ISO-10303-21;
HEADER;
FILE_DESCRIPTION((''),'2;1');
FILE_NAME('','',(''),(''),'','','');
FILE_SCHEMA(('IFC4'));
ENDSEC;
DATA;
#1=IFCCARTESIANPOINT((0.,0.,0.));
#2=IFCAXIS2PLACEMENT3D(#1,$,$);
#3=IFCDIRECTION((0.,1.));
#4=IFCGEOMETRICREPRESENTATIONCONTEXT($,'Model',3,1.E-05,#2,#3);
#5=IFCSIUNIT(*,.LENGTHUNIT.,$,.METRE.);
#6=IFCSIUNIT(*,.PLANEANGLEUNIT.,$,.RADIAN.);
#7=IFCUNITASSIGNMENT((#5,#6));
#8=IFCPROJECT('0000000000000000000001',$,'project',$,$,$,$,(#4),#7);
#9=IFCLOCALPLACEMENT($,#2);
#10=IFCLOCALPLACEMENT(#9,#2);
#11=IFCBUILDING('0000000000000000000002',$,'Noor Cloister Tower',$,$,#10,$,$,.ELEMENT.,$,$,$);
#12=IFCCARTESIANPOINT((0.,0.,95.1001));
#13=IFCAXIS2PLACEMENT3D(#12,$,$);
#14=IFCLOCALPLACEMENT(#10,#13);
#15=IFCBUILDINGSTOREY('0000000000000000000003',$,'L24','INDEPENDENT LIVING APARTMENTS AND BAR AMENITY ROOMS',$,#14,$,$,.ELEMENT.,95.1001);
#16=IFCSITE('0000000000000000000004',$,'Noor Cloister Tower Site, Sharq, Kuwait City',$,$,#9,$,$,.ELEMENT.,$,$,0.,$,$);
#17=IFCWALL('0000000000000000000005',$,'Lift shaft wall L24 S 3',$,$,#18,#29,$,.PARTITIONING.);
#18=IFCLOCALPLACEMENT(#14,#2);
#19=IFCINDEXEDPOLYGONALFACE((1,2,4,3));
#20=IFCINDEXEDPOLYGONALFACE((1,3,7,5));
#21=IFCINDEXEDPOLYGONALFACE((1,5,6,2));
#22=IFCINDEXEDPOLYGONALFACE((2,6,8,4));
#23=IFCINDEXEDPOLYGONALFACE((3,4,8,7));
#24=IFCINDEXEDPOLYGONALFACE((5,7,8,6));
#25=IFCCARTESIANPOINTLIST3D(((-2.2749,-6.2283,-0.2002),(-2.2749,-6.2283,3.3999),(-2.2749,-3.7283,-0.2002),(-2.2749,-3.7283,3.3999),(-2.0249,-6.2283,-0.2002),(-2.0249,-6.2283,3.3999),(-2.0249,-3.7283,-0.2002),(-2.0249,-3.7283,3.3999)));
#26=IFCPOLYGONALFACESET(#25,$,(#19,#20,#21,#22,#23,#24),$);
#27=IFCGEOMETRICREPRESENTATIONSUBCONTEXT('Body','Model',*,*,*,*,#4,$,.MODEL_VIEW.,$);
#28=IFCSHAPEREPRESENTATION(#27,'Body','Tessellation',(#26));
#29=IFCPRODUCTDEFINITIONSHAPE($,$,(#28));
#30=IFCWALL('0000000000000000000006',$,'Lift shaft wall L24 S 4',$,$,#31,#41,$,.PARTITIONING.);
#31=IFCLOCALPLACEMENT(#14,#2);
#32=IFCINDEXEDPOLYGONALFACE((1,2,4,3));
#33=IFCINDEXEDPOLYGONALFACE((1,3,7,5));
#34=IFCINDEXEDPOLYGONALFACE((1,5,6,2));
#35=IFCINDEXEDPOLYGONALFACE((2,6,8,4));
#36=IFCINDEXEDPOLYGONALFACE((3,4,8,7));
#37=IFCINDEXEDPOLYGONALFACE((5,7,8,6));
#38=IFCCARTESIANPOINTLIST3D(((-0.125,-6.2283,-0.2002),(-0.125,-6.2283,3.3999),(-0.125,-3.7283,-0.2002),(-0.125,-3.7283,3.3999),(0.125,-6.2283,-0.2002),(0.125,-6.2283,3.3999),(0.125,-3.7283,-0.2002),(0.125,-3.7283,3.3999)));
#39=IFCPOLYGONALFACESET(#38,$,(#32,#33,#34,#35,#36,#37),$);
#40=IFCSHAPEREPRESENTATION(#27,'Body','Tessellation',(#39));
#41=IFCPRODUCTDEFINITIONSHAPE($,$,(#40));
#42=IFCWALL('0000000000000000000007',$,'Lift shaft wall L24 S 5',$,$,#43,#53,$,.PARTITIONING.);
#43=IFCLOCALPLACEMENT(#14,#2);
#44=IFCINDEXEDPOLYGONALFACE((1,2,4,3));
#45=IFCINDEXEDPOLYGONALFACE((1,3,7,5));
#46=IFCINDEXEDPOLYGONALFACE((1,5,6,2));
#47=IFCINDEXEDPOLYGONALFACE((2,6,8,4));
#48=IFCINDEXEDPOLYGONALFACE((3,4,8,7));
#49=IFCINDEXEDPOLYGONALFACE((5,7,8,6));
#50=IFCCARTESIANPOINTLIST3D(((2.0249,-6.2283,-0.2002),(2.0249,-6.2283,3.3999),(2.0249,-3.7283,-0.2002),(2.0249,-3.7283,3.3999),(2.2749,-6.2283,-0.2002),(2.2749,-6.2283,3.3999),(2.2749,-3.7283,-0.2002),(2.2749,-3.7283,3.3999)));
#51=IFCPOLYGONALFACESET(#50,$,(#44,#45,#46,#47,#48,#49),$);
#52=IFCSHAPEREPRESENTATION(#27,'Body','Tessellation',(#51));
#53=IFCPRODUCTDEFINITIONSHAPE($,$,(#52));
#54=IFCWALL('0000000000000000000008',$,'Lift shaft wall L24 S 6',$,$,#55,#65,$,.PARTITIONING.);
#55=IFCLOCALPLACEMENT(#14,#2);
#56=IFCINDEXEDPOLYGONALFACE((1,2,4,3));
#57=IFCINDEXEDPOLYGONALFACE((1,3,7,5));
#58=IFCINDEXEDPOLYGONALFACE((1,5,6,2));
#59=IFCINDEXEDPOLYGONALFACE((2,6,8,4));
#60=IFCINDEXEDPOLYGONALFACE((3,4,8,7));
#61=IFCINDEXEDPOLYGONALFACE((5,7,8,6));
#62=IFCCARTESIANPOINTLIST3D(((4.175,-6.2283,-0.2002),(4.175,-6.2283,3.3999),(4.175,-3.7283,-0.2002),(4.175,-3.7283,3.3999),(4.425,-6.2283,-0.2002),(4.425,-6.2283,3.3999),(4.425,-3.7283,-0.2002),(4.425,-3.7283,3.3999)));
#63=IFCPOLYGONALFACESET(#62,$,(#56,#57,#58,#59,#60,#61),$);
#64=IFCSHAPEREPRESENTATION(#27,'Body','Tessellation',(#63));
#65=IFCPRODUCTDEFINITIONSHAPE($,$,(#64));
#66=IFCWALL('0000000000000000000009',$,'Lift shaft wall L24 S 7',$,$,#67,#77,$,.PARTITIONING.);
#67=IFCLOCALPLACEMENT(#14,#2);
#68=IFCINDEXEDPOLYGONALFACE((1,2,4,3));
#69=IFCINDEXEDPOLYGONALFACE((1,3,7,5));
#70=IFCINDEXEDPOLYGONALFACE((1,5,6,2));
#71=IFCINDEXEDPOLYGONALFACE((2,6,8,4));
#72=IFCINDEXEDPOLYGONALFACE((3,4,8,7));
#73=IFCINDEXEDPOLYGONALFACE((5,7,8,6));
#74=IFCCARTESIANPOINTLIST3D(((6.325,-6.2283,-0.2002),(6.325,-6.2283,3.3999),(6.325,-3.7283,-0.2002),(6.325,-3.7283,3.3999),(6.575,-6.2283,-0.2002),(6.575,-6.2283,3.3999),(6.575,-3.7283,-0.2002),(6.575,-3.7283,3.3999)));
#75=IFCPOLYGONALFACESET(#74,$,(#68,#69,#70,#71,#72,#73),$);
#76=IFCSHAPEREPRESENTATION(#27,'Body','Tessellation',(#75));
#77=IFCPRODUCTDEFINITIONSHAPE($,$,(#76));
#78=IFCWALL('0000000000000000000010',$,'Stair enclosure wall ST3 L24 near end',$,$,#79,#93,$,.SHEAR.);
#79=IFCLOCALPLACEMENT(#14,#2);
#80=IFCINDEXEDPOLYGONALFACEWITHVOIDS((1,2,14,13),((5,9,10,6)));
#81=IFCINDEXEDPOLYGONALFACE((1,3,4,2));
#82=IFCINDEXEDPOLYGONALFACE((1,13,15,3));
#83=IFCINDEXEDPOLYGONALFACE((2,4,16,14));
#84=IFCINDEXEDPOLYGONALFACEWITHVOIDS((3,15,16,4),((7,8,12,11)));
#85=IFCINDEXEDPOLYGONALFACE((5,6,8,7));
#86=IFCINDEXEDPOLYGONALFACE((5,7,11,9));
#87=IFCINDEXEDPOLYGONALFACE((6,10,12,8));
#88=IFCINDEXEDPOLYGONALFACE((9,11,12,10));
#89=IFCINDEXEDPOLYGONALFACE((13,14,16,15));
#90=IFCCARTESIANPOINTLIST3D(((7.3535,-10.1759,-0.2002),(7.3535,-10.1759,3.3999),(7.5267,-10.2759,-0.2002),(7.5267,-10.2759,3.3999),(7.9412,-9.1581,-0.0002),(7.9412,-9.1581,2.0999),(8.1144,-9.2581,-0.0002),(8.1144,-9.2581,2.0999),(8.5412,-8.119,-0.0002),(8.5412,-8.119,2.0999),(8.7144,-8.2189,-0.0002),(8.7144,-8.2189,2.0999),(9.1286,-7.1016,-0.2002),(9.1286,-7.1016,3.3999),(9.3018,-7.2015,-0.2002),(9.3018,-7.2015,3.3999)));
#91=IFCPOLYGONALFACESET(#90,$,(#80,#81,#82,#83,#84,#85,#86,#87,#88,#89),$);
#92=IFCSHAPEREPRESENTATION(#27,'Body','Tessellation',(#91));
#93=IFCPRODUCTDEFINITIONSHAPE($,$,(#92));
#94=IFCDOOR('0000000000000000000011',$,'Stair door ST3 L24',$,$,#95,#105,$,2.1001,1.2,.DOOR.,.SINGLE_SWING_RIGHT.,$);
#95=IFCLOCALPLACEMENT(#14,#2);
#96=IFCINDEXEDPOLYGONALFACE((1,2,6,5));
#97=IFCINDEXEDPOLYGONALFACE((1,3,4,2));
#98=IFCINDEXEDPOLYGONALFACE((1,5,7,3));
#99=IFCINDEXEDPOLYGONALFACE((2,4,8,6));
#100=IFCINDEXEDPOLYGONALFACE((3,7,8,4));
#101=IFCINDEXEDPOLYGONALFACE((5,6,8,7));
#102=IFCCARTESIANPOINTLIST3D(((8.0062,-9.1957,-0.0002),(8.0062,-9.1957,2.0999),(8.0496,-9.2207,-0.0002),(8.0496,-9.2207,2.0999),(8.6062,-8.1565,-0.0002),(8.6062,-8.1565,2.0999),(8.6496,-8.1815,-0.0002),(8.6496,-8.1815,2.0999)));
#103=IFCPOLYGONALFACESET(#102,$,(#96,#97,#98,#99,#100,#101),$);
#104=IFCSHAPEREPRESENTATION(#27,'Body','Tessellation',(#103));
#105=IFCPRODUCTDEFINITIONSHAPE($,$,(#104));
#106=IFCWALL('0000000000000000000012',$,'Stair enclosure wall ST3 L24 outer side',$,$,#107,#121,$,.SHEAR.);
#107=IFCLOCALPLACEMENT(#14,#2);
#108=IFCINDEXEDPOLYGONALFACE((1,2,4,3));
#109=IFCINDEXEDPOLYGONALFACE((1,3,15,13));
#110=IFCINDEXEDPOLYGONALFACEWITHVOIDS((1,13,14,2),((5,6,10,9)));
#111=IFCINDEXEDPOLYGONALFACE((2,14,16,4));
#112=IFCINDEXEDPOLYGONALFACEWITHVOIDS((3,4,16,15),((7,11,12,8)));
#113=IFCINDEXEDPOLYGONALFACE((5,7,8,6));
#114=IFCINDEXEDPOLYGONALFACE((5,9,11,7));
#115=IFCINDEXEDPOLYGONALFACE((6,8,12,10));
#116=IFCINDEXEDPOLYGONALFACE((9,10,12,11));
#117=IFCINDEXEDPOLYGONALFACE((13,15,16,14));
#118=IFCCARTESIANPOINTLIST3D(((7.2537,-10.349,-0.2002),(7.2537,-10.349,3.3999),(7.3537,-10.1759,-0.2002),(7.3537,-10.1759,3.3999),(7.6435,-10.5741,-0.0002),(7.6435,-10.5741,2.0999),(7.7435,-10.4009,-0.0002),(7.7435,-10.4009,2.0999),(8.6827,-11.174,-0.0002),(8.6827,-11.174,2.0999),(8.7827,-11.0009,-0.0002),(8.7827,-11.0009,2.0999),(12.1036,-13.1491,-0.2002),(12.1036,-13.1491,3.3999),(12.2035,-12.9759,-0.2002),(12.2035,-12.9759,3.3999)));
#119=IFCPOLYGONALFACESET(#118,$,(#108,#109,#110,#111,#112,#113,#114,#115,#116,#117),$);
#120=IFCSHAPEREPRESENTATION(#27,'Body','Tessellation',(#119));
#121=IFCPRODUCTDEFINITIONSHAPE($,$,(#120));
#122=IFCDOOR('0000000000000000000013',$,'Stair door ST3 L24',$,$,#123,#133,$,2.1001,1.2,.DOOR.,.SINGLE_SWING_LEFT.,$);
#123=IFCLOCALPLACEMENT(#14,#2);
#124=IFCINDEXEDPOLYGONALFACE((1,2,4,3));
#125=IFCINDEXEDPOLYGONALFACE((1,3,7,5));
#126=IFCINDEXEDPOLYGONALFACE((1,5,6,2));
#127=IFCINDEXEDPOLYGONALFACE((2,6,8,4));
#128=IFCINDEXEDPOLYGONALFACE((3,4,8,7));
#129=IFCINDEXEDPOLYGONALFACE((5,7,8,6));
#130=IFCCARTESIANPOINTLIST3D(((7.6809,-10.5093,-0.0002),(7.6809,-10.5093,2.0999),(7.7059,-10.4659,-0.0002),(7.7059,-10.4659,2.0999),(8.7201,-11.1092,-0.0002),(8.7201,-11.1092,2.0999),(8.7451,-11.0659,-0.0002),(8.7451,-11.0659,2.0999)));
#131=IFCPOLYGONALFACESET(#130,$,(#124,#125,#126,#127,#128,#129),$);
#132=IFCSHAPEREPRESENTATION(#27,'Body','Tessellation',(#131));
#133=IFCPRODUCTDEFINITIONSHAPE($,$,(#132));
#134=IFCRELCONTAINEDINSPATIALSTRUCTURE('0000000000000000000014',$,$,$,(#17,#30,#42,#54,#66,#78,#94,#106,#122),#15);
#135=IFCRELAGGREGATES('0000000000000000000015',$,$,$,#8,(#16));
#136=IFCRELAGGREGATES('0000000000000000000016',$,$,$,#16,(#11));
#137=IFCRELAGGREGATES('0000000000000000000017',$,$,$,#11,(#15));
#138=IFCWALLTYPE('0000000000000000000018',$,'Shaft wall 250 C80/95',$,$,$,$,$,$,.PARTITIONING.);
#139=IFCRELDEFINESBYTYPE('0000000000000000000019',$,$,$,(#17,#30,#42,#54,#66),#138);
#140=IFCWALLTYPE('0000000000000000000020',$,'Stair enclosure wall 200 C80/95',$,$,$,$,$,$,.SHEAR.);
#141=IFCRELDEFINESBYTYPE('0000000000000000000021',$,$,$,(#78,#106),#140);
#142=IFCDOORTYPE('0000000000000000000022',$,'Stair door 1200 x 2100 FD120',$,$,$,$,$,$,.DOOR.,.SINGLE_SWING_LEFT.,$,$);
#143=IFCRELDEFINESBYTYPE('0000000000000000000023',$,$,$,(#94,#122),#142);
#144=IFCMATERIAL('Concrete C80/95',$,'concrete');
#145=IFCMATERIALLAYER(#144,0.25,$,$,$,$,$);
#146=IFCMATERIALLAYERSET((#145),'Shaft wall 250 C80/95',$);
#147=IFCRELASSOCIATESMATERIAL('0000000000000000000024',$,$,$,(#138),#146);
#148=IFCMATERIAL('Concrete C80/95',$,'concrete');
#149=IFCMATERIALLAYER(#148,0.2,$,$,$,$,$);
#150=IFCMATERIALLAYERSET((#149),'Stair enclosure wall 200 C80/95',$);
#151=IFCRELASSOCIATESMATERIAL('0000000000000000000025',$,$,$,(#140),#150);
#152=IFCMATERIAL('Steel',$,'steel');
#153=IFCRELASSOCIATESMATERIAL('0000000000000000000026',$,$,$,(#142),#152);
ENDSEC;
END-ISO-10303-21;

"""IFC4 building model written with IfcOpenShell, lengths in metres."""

from ifc_helpers import new_model, si_unit, direction, frame, frame_2d, origin, place, context, subcontext, project, spatial, rectangle, extrude, material, layer, layer_set, type_object, element, fill, save


model = new_model("IFC4")

# Units and contexts
model_context = context("Model", 3, precision=1e-05, world=origin(), true_north=direction((0.0, 1.0)))
body_context = subcontext(model_context, "Body", "Model", "MODEL_VIEW")
ifc_project = project(units=[si_unit("LENGTHUNIT", "METRE"), si_unit("PLANEANGLEUNIT", "RADIAN")], contexts=[model_context])

# Site, building, storey
site_placement = place(None, origin())
site = spatial("IfcSite", under=ifc_project, at=site_placement, Name="Noor Cloister Tower Site, Sharq, Kuwait City", CompositionType="ELEMENT", RefElevation=0.0)
building_placement = place(site_placement, origin())
building = spatial("IfcBuilding", under=site, at=building_placement, Name="Noor Cloister Tower", CompositionType="ELEMENT")
storey_placement = place(building_placement, frame((0.0, 0.0, 95.1001)))
storey = spatial("IfcBuildingStorey", under=building, at=storey_placement, Name="L24", Description="INDEPENDENT LIVING APARTMENTS AND BAR AMENITY ROOMS", CompositionType="ELEMENT", Elevation=95.1001)

# Walls
ifc_material_1 = material(Name="Concrete C80/95", Category="concrete")
ifc_layer_1 = layer(ifc_material_1, 0.25)
ifc_layer_set_1 = layer_set([ifc_layer_1], Name="Shaft wall 250 C80/95")
wall_type_1 = type_object("IfcWallType", Name="Shaft wall 250 C80/95", PredefinedType="PARTITIONING", material=ifc_layer_set_1)
for number, where, z_axis, x_axis, name in (
    (1, (-2.1499, -6.2283, -0.2002), (0.0, 0.0, 1.0), (0.0, 1.0, 0.0), "Lift shaft wall L24 S 3"),
    (2, (0.0, -6.2283, -0.2002), (0.0, 0.0, 1.0), (0.0, 1.0, 0.0), "Lift shaft wall L24 S 4"),
    (3, (2.1499, -6.2283, -0.2002), (0.0, 0.0, 1.0), (0.0, 1.0, 0.0), "Lift shaft wall L24 S 5"),
    (4, (4.3, -6.2283, -0.2002), (0.0, 0.0, 1.0), (0.0, 1.0, 0.0), "Lift shaft wall L24 S 6"),
    (5, (6.45, -6.2283, -0.2002), (0.0, 0.0, 1.0), (0.0, 1.0, 0.0), "Lift shaft wall L24 S 7"),
):
    element("IfcWall", number, at=place(storey_placement, frame(where, z_axis=z_axis, x_axis=x_axis)), inside=storey, type_object=wall_type_1, Name=name, PredefinedType="PARTITIONING", context=body_context, shape_type="SweptSolid", body=[
        extrude(rectangle(XDim=2.5, YDim=0.25, at=frame_2d((1.25, 0.0))), origin(), (0.0, 0.0, 1.0), 3.6001),
    ])

# Walls, openings, doors
ifc_material_2 = material(Name="Concrete C80/95", Category="concrete")
ifc_layer_2 = layer(ifc_material_2, 0.2)
ifc_layer_set_2 = layer_set([ifc_layer_2], Name="Stair enclosure wall 200 C80/95")
wall_type_2 = type_object("IfcWallType", Name="Stair enclosure wall 200 C80/95", PredefinedType="SHEAR", material=ifc_layer_set_2)
wall_1_placement = place(storey_placement, frame((7.4402, -10.2258, -0.2002), z_axis=(0.0, 0.0, 1.0), x_axis=(0.500022, 0.866013, 0.0)))
wall_1 = element("IfcWall", 6, at=wall_1_placement, inside=storey, type_object=wall_type_2, Name="Stair enclosure wall ST3 L24 near end", PredefinedType="SHEAR", context=body_context, shape_type="SweptSolid", body=[
    extrude(rectangle(XDim=3.55, YDim=0.2, at=frame_2d((1.7749, 0.0))), origin(), (0.0, 0.0, 1.0), 3.6001),
])
opening_1_placement = place(wall_1_placement, frame((1.175, 0.0, 0.2)))
opening_1 = element("IfcOpeningElement", 7, at=opening_1_placement, cuts=wall_1, PredefinedType="OPENING", context=body_context, shape_type="SweptSolid", body=[
    extrude(rectangle(XDim=1.2, YDim=2.1001, at=frame_2d((0.6001, 1.05))), frame((0.0, 0.1099, 0.0), z_axis=(0.0, -1.0, 0.0), x_axis=(1.0, 0.0, 0.0)), (0.0, 0.0, 1.0), 0.22),
])
ifc_material_3 = material(Name="Steel", Category="steel")
door_type_1 = type_object("IfcDoorType", Name="Stair door 1200 x 2100 FD120", OperationType="SINGLE_SWING_LEFT", PredefinedType="DOOR", material=ifc_material_3)
door_1_placement = place(opening_1_placement, origin())
door_1 = element("IfcDoor", 8, at=door_1_placement, inside=storey, type_object=door_type_1, Name="Stair door ST3 L24", OperationType="SINGLE_SWING_RIGHT", OverallHeight=2.1001, OverallWidth=1.2, PredefinedType="DOOR", context=body_context, shape_type="SweptSolid", body=[
    extrude(rectangle(XDim=1.2, YDim=2.1001, at=frame_2d((0.6001, 1.05))), frame((0.0, 0.0249, 0.0), z_axis=(0.0, -1.0, 0.0), x_axis=(1.0, 0.0, 0.0)), (0.0, 0.0, 1.0), 0.05),
])
fill(opening_1, door_1)
wall_2_placement = place(storey_placement, frame((7.3037, -10.2625, -0.2002), z_axis=(0.0, 0.0, 1.0), x_axis=(0.866027, -0.499998, 0.0)))
wall_2 = element("IfcWall", 9, at=wall_2_placement, inside=storey, type_object=wall_type_2, Name="Stair enclosure wall ST3 L24 outer side", PredefinedType="SHEAR", context=body_context, shape_type="SweptSolid", body=[
    extrude(rectangle(XDim=5.6001, YDim=0.2, at=frame_2d((2.8, 0.0))), origin(), (0.0, 0.0, 1.0), 3.6001),
])
opening_2_placement = place(wall_2_placement, frame((0.45, 0.0, 0.2)))
opening_2 = element("IfcOpeningElement", 10, at=opening_2_placement, cuts=wall_2, PredefinedType="OPENING", context=body_context, shape_type="SweptSolid", body=[
    extrude(rectangle(XDim=1.2, YDim=2.1001, at=frame_2d((0.6001, 1.05))), frame((0.0, 0.1099, 0.0), z_axis=(0.0, -1.0, 0.0), x_axis=(1.0, 0.0, 0.0)), (0.0, 0.0, 1.0), 0.22),
])
door_2_placement = place(opening_2_placement, origin())
door_2 = element("IfcDoor", 11, at=door_2_placement, inside=storey, type_object=door_type_1, Name="Stair door ST3 L24", OperationType="SINGLE_SWING_LEFT", OverallHeight=2.1001, OverallWidth=1.2, PredefinedType="DOOR", context=body_context, shape_type="SweptSolid", body=[
    extrude(rectangle(XDim=1.2, YDim=2.1001, at=frame_2d((0.6001, 1.05))), frame((0.0, 0.0249, 0.0), z_axis=(0.0, -1.0, 0.0), x_axis=(1.0, 0.0, 0.0)), (0.0, 0.0, 1.0), 0.05),
])
fill(opening_2, door_2)

save(model, "model.ifc")
